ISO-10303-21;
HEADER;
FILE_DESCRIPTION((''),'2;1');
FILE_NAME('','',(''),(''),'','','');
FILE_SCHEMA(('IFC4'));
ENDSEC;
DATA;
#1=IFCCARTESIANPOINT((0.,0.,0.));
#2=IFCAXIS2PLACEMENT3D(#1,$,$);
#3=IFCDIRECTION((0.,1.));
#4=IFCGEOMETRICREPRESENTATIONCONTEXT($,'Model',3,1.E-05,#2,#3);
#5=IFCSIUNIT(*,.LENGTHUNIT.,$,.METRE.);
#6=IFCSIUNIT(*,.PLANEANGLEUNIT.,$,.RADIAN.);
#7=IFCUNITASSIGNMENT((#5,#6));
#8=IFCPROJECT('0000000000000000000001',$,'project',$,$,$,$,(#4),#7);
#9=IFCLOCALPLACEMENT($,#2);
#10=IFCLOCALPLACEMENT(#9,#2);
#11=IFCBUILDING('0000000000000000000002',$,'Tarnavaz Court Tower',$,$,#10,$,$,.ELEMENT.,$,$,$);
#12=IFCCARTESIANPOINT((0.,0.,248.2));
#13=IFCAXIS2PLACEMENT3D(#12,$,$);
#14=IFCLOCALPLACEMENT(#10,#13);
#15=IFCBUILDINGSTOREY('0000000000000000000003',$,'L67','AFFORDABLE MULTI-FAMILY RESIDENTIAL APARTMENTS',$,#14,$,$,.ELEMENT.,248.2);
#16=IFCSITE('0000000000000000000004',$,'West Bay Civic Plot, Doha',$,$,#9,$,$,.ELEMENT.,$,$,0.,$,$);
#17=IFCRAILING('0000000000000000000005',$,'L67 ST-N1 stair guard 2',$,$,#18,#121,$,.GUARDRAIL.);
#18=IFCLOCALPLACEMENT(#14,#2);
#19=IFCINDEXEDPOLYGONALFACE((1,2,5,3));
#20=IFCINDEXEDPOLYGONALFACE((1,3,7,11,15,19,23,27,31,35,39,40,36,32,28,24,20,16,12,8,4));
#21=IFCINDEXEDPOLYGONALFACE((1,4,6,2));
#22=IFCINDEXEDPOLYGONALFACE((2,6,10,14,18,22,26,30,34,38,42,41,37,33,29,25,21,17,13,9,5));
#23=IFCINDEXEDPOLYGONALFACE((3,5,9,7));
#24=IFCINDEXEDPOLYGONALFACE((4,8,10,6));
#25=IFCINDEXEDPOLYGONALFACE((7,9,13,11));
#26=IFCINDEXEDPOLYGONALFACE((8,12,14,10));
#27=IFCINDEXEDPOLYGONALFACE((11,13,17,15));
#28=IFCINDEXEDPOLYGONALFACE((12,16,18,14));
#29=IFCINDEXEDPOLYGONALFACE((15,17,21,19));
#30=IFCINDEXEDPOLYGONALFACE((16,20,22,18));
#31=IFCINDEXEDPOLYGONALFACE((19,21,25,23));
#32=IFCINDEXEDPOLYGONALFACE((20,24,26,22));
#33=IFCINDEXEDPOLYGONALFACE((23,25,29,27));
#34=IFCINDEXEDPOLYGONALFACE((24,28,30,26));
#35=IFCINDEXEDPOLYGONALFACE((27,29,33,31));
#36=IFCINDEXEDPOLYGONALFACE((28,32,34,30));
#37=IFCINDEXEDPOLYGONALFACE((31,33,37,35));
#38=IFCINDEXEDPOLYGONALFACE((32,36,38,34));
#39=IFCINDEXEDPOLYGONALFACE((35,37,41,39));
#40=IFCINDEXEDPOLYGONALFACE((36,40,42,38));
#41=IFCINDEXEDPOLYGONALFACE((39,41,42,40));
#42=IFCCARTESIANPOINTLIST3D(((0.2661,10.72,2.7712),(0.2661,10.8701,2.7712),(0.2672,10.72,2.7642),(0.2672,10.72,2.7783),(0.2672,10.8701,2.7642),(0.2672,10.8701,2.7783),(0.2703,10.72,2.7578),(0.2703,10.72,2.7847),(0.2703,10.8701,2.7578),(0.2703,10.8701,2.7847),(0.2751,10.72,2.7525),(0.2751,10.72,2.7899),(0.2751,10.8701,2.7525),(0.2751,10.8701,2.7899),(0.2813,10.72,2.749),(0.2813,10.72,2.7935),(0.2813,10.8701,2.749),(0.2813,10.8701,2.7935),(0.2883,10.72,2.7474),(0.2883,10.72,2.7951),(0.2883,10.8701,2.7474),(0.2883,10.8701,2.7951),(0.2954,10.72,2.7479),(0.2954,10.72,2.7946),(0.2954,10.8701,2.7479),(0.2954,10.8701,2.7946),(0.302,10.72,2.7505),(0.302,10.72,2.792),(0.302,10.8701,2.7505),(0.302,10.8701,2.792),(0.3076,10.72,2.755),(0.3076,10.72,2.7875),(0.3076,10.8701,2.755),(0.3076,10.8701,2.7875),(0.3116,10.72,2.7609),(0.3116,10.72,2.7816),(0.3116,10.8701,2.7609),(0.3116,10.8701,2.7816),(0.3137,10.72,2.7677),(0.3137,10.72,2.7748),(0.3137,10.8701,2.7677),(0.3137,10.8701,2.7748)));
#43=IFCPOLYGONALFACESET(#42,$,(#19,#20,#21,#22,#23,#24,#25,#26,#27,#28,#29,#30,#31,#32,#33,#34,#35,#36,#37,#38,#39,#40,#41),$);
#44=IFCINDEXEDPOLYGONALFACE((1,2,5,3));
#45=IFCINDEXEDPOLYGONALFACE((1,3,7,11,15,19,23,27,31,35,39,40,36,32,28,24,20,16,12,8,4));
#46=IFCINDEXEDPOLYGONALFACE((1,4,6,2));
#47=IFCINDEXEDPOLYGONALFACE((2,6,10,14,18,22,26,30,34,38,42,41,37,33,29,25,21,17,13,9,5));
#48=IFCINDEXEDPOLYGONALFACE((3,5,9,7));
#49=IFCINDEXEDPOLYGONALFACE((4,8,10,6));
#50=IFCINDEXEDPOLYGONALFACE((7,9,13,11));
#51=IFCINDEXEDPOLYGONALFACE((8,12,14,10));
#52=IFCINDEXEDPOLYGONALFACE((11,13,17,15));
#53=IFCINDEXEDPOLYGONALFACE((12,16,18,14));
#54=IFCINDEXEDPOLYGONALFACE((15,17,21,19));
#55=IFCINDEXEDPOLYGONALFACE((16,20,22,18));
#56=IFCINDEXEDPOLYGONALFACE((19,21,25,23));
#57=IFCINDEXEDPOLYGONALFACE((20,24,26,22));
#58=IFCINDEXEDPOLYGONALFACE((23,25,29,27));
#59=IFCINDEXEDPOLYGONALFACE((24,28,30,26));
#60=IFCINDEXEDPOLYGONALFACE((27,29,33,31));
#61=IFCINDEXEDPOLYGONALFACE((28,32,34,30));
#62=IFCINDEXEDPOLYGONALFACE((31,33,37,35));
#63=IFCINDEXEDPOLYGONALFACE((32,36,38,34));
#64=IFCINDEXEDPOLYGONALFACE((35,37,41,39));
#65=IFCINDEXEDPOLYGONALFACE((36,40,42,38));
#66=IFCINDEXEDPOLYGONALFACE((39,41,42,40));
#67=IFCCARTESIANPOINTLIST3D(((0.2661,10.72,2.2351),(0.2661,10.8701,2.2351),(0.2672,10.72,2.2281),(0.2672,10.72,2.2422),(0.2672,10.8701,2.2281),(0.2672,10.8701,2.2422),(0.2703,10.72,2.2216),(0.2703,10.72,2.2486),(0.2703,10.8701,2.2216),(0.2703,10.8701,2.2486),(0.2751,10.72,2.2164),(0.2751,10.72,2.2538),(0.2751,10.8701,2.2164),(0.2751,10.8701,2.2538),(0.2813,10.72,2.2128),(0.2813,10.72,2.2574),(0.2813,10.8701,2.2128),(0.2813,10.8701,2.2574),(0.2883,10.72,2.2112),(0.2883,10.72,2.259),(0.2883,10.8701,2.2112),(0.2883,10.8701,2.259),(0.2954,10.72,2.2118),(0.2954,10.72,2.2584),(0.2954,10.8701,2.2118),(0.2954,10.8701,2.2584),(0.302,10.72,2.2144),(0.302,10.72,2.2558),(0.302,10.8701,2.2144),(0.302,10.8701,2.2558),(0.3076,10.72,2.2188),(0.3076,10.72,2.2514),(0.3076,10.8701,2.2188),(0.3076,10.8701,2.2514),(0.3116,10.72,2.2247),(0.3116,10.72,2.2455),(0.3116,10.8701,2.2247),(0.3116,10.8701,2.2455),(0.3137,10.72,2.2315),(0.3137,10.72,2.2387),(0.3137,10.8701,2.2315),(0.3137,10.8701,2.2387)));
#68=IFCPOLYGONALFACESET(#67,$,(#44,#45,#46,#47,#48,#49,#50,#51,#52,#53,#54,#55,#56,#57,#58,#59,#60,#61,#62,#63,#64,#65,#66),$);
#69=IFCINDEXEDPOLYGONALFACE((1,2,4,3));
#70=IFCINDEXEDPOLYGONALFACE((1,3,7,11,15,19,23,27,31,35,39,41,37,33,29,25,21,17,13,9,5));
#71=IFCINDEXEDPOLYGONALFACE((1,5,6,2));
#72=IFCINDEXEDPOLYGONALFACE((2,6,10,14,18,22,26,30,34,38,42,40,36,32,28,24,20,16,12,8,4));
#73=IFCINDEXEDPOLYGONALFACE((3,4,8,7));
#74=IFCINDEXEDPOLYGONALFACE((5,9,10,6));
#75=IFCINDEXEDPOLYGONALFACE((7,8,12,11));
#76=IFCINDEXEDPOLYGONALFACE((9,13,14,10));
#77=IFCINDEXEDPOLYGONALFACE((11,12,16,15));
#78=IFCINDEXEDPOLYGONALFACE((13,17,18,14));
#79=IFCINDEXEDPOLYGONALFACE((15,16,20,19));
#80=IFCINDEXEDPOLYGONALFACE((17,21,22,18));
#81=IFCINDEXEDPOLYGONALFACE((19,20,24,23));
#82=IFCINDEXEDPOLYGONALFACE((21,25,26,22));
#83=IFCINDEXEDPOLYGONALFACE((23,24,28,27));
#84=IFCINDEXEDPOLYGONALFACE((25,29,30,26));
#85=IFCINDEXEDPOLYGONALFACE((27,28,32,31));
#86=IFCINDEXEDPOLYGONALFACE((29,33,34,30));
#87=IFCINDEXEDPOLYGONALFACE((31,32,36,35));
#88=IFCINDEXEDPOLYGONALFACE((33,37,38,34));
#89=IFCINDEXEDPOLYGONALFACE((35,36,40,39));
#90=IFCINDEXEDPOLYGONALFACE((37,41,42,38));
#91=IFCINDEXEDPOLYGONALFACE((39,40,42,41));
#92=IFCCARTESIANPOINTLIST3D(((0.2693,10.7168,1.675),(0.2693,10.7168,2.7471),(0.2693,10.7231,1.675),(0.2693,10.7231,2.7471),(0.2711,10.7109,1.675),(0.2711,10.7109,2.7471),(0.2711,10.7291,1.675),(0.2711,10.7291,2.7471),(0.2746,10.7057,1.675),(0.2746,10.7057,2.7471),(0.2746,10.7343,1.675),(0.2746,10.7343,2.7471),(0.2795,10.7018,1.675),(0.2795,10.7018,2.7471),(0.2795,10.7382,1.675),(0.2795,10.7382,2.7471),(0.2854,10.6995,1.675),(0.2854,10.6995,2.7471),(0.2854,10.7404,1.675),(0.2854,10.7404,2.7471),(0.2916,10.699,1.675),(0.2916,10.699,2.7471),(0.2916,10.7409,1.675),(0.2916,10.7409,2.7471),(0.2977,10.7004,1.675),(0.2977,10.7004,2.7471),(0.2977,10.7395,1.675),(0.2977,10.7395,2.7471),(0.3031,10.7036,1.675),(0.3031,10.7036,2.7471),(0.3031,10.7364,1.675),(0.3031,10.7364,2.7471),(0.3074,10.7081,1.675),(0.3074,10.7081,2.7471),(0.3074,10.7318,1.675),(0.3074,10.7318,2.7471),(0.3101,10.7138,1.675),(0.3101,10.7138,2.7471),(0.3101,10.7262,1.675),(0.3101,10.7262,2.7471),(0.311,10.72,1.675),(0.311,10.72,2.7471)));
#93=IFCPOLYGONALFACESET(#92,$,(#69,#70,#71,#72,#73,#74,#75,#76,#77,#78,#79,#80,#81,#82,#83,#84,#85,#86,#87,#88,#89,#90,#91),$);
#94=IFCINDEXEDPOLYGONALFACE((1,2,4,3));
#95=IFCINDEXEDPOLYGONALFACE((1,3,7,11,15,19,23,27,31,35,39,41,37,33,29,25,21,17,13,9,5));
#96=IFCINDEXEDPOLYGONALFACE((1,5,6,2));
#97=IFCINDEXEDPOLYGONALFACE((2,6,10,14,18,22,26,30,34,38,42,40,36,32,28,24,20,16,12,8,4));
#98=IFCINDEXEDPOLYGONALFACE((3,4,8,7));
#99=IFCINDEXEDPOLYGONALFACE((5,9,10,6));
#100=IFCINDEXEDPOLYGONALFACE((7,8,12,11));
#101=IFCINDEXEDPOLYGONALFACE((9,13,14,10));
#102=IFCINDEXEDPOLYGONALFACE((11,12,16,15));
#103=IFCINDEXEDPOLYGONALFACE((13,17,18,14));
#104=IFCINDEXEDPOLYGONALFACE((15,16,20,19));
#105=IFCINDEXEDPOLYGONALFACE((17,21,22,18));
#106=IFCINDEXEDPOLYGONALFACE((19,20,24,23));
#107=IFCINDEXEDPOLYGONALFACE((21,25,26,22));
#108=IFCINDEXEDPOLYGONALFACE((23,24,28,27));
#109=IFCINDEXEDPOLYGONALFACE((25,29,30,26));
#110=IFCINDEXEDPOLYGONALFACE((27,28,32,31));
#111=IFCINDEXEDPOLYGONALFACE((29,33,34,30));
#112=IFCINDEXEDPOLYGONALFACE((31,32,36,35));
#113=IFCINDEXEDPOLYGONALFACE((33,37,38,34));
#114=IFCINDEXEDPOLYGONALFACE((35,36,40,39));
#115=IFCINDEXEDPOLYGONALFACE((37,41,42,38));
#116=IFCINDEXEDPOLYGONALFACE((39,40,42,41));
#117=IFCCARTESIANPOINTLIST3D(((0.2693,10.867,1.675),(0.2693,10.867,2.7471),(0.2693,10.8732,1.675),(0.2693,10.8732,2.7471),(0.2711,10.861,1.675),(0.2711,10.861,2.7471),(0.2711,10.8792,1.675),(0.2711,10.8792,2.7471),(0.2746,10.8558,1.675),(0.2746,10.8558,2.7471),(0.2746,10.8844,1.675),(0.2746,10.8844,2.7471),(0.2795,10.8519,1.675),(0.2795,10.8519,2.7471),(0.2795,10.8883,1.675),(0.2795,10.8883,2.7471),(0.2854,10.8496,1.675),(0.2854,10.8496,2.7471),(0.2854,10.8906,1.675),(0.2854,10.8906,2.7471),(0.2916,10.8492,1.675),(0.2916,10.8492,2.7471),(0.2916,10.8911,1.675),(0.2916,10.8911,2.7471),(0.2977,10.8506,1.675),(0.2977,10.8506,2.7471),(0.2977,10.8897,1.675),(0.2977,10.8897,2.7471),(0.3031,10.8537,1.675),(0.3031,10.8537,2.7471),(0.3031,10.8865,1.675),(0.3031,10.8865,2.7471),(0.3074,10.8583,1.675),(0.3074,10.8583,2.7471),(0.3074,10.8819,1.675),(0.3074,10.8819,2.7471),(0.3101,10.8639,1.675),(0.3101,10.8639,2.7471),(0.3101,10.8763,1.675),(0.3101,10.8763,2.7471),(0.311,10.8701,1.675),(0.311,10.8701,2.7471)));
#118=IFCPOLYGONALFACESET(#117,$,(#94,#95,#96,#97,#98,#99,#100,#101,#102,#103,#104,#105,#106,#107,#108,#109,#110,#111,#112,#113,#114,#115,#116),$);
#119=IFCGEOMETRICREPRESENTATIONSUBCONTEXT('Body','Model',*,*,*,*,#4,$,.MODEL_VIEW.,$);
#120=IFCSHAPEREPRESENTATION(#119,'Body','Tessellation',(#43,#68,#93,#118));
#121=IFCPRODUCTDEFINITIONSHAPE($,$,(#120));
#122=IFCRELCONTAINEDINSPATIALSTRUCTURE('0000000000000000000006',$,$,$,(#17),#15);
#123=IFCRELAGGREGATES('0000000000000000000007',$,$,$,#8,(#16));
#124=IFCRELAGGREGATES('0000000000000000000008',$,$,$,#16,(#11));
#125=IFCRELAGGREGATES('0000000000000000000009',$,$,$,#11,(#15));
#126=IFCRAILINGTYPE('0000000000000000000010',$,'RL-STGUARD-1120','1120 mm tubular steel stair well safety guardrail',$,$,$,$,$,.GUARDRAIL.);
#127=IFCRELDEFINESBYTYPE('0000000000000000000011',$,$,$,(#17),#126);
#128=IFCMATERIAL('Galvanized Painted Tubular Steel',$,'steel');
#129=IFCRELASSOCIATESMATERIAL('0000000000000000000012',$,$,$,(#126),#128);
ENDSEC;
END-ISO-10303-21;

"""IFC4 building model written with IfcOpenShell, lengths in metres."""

from ifc_helpers import new_model, si_unit, direction, frame, origin, origin_2d, place, context, subcontext, project, spatial, circle, extrude, material, type_object, element, save


model = new_model("IFC4")

# Units and contexts
model_context = context("Model", 3, precision=1e-05, world=origin(), true_north=direction((0.0, 1.0)))
body_context = subcontext(model_context, "Body", "Model", "MODEL_VIEW")
ifc_project = project(units=[si_unit("LENGTHUNIT", "METRE"), si_unit("PLANEANGLEUNIT", "RADIAN")], contexts=[model_context])

# Site, building, storey
site_placement = place(None, origin())
site = spatial("IfcSite", under=ifc_project, at=site_placement, Name="West Bay Civic Plot, Doha", CompositionType="ELEMENT", RefElevation=0.0)
building_placement = place(site_placement, origin())
building = spatial("IfcBuilding", under=site, at=building_placement, Name="Tarnavaz Court Tower", CompositionType="ELEMENT")
storey_placement = place(building_placement, frame((0.0, 0.0, 248.2)))
storey = spatial("IfcBuildingStorey", under=building, at=storey_placement, Name="L67", Description="AFFORDABLE MULTI-FAMILY RESIDENTIAL APARTMENTS", CompositionType="ELEMENT", Elevation=248.2)

# Railing
ifc_material_1 = material(Name="Galvanized Painted Tubular Steel", Category="steel")
railing_type_1 = type_object("IfcRailingType", Name="RL-STGUARD-1120", Description="1120 mm tubular steel stair well safety guardrail", PredefinedType="GUARDRAIL", material=ifc_material_1)
railing_1_placement = place(storey_placement, frame((0.29, 10.72, 1.675)))
element("IfcRailing", 1, at=railing_1_placement, inside=storey, type_object=railing_type_1, Name="L67 ST-N1 stair guard 2", PredefinedType="GUARDRAIL", context=body_context, shape_type="SweptSolid", body=[
    extrude(circle(Radius=0.0239, at=origin_2d()), frame((0.0, 0.0, 1.0962), z_axis=(0.0, 1.0, 0.0), x_axis=(-1.0, 0.0, 0.0)), (0.0, 0.0, 1.0), 0.1501),
    extrude(circle(Radius=0.0239, at=origin_2d()), frame((0.0, 0.0, 0.5601), z_axis=(0.0, 1.0, 0.0), x_axis=(-1.0, 0.0, 0.0)), (0.0, 0.0, 1.0), 0.1501),
    extrude(circle(Radius=0.021, at=origin_2d()), origin(), (0.0, 0.0, 1.0), 1.072),
    extrude(circle(Radius=0.021, at=origin_2d()), frame((0.0, 0.1501, 0.0)), (0.0, 0.0, 1.0), 1.072),
])

save(model, "model.ifc")
